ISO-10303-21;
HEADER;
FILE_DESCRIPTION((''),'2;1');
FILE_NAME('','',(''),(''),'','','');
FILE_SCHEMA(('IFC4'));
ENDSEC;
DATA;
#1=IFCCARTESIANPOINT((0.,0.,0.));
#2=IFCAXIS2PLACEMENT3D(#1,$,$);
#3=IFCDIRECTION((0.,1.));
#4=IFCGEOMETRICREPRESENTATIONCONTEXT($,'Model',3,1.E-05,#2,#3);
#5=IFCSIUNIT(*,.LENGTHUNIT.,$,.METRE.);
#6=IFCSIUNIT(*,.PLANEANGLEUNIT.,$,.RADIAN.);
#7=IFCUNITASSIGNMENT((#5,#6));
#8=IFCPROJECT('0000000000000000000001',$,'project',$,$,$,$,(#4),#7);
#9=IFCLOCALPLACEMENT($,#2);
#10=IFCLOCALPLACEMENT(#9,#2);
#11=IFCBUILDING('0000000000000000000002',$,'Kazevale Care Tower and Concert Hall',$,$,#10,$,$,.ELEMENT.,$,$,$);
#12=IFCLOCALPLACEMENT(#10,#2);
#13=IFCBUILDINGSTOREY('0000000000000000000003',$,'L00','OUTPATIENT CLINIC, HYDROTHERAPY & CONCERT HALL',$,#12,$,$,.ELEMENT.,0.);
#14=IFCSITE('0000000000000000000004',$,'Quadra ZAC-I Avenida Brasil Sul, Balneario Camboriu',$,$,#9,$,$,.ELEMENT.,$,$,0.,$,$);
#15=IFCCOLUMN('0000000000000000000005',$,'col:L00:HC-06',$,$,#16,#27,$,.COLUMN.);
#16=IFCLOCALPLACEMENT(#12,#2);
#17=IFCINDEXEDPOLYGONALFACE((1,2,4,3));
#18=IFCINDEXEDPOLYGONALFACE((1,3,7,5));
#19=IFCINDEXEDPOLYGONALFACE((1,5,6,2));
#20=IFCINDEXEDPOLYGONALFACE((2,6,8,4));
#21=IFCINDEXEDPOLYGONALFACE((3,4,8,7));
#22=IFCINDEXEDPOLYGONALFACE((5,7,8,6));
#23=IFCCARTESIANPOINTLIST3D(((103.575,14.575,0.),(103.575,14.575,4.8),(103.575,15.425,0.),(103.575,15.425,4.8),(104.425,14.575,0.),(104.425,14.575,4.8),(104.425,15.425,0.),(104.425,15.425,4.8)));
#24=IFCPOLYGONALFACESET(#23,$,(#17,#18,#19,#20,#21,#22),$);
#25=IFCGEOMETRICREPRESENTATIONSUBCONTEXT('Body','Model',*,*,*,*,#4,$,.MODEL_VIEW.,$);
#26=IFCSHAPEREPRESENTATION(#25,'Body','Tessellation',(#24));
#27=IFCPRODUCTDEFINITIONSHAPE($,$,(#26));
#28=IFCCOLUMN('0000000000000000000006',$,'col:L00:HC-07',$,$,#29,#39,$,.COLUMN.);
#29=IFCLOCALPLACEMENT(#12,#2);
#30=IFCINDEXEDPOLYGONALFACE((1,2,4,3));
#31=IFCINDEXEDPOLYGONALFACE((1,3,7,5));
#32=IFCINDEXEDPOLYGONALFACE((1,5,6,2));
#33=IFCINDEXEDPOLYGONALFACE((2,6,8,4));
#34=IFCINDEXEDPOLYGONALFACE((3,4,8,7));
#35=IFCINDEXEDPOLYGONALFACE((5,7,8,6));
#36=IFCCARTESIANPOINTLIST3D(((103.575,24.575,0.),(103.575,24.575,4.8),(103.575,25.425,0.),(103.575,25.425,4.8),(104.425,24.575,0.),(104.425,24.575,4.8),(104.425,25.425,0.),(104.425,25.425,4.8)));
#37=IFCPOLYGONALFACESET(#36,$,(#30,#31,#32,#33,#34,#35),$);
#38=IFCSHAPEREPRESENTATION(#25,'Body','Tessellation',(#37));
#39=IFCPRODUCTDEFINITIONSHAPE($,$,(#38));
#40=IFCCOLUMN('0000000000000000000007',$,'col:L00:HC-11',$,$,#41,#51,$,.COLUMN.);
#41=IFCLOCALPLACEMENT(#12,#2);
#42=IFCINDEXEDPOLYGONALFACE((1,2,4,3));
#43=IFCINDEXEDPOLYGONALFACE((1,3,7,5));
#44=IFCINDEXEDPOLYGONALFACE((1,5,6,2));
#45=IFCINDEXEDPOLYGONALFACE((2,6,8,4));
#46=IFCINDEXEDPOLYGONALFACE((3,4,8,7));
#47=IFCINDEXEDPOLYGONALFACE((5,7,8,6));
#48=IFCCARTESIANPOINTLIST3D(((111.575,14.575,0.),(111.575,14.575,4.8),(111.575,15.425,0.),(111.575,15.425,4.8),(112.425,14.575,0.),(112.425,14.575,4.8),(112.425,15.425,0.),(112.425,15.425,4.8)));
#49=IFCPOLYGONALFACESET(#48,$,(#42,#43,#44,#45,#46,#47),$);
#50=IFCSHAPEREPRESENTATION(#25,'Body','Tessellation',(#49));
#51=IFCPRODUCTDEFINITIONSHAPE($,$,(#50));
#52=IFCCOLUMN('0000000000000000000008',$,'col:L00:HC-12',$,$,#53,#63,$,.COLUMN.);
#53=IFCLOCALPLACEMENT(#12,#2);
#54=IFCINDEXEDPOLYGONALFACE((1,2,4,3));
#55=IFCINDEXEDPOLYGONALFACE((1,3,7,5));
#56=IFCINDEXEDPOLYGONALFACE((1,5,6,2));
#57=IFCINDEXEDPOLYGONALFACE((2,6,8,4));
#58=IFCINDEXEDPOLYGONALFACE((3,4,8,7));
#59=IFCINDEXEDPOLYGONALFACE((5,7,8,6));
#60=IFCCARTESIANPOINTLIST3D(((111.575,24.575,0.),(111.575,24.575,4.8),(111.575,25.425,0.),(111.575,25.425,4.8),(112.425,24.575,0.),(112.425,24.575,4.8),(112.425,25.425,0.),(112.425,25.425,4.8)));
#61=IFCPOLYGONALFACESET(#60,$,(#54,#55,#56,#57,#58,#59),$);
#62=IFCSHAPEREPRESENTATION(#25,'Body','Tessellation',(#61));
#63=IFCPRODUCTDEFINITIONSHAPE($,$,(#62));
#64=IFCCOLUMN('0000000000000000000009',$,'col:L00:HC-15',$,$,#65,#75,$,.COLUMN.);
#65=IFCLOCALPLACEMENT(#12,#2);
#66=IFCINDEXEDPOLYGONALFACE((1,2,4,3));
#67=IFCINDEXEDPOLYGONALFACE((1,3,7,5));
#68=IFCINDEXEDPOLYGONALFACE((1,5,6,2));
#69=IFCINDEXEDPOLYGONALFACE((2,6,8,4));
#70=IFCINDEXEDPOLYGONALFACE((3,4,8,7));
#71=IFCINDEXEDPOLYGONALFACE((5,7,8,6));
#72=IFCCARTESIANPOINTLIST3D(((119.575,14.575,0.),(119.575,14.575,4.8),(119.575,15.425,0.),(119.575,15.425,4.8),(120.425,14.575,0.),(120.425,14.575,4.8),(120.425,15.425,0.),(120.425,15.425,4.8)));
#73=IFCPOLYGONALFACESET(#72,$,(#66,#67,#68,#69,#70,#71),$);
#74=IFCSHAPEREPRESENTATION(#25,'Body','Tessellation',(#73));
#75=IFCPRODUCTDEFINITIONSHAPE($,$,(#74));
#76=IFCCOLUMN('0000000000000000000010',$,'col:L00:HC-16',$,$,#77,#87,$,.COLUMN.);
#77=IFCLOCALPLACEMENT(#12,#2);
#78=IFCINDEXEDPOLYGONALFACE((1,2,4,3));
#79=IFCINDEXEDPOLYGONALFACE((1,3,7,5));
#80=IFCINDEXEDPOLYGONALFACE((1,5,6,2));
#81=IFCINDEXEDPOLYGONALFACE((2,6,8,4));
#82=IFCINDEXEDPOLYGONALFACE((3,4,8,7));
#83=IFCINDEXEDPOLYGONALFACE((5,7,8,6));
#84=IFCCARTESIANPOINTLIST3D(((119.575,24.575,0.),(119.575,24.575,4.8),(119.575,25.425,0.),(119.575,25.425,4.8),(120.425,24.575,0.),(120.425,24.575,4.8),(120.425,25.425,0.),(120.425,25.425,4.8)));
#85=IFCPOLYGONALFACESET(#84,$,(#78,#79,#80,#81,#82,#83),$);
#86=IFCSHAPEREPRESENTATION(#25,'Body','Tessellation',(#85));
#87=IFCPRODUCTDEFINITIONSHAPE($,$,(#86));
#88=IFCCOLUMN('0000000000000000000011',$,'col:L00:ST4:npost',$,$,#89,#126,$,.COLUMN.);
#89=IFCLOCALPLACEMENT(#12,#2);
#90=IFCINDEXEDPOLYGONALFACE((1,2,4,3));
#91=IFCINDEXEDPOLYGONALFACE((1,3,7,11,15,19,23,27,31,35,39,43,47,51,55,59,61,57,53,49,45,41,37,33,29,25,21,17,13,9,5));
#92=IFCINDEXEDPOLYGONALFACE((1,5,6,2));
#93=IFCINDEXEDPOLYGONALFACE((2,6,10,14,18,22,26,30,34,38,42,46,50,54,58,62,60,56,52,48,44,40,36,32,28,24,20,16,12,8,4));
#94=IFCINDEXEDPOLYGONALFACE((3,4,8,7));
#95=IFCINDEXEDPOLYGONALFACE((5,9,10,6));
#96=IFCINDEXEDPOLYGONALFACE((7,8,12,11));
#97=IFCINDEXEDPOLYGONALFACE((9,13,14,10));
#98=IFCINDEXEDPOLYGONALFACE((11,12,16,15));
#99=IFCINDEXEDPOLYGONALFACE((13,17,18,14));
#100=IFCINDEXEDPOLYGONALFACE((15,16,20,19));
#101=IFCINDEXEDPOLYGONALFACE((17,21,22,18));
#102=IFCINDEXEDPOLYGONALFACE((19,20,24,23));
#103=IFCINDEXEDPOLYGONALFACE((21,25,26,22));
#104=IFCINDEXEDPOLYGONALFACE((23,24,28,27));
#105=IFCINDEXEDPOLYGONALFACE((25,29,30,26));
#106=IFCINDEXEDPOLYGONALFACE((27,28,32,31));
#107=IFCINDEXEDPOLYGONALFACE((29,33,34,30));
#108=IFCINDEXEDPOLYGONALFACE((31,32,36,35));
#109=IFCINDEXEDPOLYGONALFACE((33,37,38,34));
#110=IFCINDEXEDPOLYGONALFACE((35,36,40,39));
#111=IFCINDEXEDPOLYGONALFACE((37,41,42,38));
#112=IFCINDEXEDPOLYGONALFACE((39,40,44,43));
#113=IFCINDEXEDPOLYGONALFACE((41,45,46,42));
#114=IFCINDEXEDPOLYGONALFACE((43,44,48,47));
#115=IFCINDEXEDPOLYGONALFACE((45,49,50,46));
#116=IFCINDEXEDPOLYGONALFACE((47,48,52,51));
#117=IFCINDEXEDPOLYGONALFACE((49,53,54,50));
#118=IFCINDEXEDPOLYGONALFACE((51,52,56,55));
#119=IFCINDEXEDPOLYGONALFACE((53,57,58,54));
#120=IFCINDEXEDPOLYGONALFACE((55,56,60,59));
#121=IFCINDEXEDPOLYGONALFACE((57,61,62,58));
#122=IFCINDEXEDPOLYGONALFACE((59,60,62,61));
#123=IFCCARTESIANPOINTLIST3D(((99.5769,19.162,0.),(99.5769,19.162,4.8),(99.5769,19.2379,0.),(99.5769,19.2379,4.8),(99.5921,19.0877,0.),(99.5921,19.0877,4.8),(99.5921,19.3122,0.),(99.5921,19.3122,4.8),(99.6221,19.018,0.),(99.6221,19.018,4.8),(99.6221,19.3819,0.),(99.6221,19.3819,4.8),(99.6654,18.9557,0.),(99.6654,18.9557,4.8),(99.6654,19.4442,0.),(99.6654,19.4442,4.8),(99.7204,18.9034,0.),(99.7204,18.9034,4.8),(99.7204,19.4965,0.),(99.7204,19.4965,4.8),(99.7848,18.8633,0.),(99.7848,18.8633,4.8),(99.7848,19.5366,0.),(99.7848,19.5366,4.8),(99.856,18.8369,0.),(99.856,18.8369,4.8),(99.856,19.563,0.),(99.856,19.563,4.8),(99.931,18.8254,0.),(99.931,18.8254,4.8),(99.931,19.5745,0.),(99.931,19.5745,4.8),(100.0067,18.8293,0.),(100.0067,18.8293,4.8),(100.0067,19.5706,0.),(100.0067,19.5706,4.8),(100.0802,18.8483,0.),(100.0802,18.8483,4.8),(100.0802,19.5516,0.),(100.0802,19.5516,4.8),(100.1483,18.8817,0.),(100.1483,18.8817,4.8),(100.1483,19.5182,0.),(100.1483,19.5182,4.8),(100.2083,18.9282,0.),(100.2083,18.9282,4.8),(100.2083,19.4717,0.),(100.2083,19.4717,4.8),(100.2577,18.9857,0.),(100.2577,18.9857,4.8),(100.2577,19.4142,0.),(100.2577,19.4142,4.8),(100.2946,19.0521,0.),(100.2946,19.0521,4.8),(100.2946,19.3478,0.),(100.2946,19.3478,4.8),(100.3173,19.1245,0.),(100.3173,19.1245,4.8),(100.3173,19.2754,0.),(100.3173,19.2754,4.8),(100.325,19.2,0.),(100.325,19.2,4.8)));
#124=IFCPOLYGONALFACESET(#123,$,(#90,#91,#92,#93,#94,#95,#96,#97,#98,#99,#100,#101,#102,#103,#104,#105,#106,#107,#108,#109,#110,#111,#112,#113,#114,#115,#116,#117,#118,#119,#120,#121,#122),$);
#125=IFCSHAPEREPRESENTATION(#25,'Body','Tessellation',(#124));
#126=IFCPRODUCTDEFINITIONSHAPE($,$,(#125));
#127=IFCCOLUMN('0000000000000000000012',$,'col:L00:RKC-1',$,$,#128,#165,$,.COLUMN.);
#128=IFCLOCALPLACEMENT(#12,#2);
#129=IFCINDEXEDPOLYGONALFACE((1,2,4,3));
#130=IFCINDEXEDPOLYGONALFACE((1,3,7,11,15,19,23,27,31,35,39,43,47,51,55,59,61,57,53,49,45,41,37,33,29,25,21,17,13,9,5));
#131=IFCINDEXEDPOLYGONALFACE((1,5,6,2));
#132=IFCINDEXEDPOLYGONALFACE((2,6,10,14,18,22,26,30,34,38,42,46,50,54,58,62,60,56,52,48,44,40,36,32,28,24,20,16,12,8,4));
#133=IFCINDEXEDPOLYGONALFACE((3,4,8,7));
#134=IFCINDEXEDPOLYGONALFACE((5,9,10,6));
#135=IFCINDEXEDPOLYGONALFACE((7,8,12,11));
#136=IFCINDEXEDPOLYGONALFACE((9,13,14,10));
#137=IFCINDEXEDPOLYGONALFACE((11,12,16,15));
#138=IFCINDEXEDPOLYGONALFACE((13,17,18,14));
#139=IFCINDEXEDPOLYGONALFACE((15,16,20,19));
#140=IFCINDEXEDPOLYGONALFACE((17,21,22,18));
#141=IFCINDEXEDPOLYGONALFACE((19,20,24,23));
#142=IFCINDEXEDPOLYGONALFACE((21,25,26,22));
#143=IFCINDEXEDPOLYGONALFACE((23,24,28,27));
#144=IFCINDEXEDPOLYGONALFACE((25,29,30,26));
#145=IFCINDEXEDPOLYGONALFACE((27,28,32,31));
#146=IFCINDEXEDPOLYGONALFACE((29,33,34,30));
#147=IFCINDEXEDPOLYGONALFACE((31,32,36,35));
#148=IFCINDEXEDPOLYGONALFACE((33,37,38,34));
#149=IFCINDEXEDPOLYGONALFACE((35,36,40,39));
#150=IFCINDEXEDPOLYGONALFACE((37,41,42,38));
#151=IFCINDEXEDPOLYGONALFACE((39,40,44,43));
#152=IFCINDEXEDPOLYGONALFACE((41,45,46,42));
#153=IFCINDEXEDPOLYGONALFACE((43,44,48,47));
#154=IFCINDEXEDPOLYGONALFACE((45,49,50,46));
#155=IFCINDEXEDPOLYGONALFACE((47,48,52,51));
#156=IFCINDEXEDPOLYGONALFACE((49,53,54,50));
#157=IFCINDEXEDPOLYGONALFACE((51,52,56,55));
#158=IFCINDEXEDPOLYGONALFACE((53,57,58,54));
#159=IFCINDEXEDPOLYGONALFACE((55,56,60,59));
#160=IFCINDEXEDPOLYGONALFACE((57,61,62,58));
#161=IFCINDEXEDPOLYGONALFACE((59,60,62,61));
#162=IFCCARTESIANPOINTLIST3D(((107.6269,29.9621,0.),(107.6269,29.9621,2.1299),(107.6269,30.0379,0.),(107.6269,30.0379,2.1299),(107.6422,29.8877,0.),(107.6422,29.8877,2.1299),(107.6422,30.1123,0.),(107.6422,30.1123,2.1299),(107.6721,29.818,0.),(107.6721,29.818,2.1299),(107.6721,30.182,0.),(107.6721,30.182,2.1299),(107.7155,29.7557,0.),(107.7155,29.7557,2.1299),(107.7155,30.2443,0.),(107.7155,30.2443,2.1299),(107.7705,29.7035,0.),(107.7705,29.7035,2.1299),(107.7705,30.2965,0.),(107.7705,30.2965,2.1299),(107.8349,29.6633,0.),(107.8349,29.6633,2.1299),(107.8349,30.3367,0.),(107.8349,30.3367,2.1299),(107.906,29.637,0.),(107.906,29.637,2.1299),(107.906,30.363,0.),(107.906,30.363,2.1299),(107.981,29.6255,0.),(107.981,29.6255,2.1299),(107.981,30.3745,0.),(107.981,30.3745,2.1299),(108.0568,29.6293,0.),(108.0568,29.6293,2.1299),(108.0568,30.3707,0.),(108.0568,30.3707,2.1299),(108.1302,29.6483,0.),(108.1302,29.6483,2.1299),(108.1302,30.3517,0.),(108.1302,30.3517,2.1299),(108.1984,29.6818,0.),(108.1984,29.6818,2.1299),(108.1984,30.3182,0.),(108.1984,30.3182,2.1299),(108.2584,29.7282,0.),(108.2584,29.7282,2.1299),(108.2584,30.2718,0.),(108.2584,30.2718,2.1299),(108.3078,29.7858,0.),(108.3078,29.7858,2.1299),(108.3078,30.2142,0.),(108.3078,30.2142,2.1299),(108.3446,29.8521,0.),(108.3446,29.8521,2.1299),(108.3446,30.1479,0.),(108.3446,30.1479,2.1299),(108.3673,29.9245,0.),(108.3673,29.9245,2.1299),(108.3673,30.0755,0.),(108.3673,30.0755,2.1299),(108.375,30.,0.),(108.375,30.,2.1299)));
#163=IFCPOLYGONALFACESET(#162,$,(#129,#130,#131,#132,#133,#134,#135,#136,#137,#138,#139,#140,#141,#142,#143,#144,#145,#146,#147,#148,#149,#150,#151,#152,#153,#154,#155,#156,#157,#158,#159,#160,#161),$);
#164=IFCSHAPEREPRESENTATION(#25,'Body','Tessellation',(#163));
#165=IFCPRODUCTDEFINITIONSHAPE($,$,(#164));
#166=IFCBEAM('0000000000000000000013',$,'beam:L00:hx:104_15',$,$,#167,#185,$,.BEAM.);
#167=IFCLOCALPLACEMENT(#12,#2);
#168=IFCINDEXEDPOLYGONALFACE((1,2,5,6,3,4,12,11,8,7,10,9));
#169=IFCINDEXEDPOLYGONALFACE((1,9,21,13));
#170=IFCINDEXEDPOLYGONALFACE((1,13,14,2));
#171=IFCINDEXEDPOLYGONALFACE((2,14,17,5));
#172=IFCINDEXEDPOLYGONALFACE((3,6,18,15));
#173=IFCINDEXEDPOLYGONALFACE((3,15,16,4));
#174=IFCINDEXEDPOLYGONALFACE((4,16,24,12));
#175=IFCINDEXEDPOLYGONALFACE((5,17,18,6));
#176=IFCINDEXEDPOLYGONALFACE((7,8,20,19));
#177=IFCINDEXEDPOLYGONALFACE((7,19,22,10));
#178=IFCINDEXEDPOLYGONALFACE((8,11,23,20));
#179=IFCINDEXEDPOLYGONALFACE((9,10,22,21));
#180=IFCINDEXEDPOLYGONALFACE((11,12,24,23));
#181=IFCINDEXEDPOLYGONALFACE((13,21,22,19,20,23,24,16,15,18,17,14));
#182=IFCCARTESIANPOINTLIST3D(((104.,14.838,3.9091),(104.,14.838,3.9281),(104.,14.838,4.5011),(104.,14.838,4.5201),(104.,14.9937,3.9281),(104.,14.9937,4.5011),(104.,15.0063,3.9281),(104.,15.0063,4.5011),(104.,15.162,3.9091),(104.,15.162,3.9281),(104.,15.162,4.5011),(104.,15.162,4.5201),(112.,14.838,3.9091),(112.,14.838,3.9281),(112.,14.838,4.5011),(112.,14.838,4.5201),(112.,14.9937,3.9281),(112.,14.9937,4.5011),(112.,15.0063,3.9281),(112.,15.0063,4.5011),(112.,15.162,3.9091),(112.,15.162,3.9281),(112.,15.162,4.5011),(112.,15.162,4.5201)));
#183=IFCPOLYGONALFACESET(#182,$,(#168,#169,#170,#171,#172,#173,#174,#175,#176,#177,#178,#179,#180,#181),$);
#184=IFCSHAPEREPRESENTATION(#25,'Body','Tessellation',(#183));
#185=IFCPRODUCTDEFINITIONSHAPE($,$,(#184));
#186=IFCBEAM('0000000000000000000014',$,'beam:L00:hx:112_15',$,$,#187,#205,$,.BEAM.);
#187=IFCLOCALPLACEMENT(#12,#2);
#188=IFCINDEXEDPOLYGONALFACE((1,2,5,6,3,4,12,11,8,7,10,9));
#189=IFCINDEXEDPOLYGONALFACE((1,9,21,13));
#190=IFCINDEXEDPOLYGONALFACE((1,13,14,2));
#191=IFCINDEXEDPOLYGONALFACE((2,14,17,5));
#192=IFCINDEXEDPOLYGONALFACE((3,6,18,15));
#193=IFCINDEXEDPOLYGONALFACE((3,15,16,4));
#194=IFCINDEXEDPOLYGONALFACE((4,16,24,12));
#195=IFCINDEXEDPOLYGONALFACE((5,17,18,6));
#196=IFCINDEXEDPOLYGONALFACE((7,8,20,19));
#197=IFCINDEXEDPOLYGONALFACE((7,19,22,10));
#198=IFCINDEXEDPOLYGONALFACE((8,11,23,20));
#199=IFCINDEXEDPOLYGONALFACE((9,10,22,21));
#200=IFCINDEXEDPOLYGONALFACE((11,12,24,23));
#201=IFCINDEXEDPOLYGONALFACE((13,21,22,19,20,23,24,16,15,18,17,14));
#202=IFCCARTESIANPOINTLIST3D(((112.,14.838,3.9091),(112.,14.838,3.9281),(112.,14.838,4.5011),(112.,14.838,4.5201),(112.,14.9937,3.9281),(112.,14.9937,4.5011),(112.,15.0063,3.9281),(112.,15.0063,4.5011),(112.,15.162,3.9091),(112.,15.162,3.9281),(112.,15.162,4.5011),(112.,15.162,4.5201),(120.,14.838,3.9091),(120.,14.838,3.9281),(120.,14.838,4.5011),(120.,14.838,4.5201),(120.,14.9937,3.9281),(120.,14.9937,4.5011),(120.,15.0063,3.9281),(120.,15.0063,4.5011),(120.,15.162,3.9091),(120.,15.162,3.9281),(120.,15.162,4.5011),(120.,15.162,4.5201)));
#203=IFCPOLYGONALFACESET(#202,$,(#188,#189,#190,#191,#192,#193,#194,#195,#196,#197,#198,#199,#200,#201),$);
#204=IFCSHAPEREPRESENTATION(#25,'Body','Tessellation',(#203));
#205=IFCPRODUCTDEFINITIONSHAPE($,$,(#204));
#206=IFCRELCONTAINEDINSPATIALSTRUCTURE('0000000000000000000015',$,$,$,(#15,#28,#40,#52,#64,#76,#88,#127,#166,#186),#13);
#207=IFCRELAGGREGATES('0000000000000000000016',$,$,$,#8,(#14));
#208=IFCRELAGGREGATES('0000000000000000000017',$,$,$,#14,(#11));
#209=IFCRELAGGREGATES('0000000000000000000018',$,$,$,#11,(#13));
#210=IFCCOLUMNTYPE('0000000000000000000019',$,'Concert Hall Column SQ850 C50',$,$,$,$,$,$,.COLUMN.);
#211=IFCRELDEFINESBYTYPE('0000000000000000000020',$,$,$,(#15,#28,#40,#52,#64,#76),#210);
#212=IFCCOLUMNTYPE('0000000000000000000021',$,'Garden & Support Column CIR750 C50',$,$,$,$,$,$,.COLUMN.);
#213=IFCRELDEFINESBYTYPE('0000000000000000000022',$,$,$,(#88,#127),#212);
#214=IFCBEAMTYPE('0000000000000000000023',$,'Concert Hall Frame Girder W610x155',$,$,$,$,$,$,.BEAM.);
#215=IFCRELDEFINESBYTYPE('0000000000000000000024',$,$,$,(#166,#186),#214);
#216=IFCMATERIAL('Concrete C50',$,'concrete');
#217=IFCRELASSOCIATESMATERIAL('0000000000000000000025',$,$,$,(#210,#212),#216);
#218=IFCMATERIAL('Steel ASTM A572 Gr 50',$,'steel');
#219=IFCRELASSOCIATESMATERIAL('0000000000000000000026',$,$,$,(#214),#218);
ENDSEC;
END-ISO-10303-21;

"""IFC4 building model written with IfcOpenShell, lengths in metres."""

from ifc_helpers import new_model, si_unit, direction, frame, origin, origin_2d, place, context, subcontext, project, spatial, rectangle, circle, i_section, extrude, material, material_profile, profile_set, type_object, element, save


model = new_model("IFC4")

# Units and contexts
model_context = context("Model", 3, precision=1e-05, world=origin(), true_north=direction((0.0, 1.0)))
body_context = subcontext(model_context, "Body", "Model", "MODEL_VIEW")
ifc_project = project(units=[si_unit("LENGTHUNIT", "METRE"), si_unit("PLANEANGLEUNIT", "RADIAN")], contexts=[model_context])

# Site, building, storey
site_placement = place(None, origin())
site = spatial("IfcSite", under=ifc_project, at=site_placement, Name="Quadra ZAC-I Avenida Brasil Sul, Balneario Camboriu", CompositionType="ELEMENT", RefElevation=0.0)
building_placement = place(site_placement, origin())
building = spatial("IfcBuilding", under=site, at=building_placement, Name="Kazevale Care Tower and Concert Hall", CompositionType="ELEMENT")
storey_placement = place(building_placement, origin())
storey = spatial("IfcBuildingStorey", under=building, at=storey_placement, Name="L00", Description="OUTPATIENT CLINIC, HYDROTHERAPY & CONCERT HALL", CompositionType="ELEMENT", Elevation=0.0)

# Columns
ifc_material_1 = material(Name="Concrete C50", Category="concrete")
ifc_material_profile_1 = material_profile(ifc_material_1, rectangle(XDim=0.8501, YDim=0.8501, at=origin_2d()), Name="RC-SQ850")
ifc_profile_set_1 = profile_set([ifc_material_profile_1], Name="Concrete C50")
column_type_1 = type_object("IfcColumnType", Name="Concert Hall Column SQ850 C50", PredefinedType="COLUMN", material=ifc_profile_set_1)
for number, where, z_axis, x_axis, name in (
    (1, (104.0, 15.0, 0.0), (0.0, 0.0, 1.0), (1.0, 0.0, 0.0), "col:L00:HC-06"),
    (2, (104.0, 25.0, 0.0), (0.0, 0.0, 1.0), (1.0, 0.0, 0.0), "col:L00:HC-07"),
    (3, (112.0, 15.0, 0.0), (0.0, 0.0, 1.0), (1.0, 0.0, 0.0), "col:L00:HC-11"),
    (4, (112.0, 25.0, 0.0), (0.0, 0.0, 1.0), (1.0, 0.0, 0.0), "col:L00:HC-12"),
    (5, (120.0, 15.0, 0.0), (0.0, 0.0, 1.0), (1.0, 0.0, 0.0), "col:L00:HC-15"),
    (6, (120.0, 25.0, 0.0), (0.0, 0.0, 1.0), (1.0, 0.0, 0.0), "col:L00:HC-16"),
):
    element("IfcColumn", number, at=place(storey_placement, frame(where, z_axis=z_axis, x_axis=x_axis)), inside=storey, type_object=column_type_1, Name=name, PredefinedType="COLUMN", context=body_context, shape_type="SweptSolid", body=[
        extrude(rectangle(XDim=0.8501, YDim=0.8501, at=origin_2d()), origin(), (0.0, 0.0, 1.0), 4.8),
    ])
ifc_material_profile_2 = material_profile(ifc_material_1, circle(Radius=0.375, at=origin_2d()), Name="RC-CIR750")
ifc_profile_set_2 = profile_set([ifc_material_profile_2], Name="Concrete C50")
column_type_2 = type_object("IfcColumnType", Name="Garden & Support Column CIR750 C50", PredefinedType="COLUMN", material=ifc_profile_set_2)
column_1_placement = place(storey_placement, frame((99.95, 19.2, 0.0), z_axis=(0.0, 0.0, 1.0), x_axis=(1.0, 0.0, 0.0)))
element("IfcColumn", 7, at=column_1_placement, inside=storey, type_object=column_type_2, Name="col:L00:ST4:npost", PredefinedType="COLUMN", context=body_context, shape_type="SweptSolid", body=[
    extrude(circle(Radius=0.375, at=origin_2d()), origin(), (0.0, 0.0, 1.0), 4.8),
])
column_2_placement = place(storey_placement, frame((108.0, 30.0, 0.0), z_axis=(0.0, 0.0, 1.0), x_axis=(1.0, 0.0, 0.0)))
element("IfcColumn", 8, at=column_2_placement, inside=storey, type_object=column_type_2, Name="col:L00:RKC-1", PredefinedType="COLUMN", context=body_context, shape_type="SweptSolid", body=[
    extrude(circle(Radius=0.375, at=origin_2d()), origin(), (0.0, 0.0, 1.0), 2.1299),
])

# Beams
ifc_material_2 = material(Name="Steel ASTM A572 Gr 50", Category="steel")
ifc_material_profile_3 = material_profile(ifc_material_2, i_section(OverallWidth=0.324, OverallDepth=0.6111, WebThickness=0.0127, FlangeThickness=0.019, at=origin_2d()), Name="W610x155")
ifc_profile_set_3 = profile_set([ifc_material_profile_3], Name="Steel ASTM A572 Gr 50")
beam_type_1 = type_object("IfcBeamType", Name="Concert Hall Frame Girder W610x155", PredefinedType="BEAM", material=ifc_profile_set_3)
for number, where, z_axis, x_axis, name in (
    (9, (104.0, 15.0, 4.2146), (1.0, 0.0, 0.0), (0.0, 1.0, 0.0), "beam:L00:hx:104_15"),
    (10, (112.0, 15.0, 4.2146), (1.0, 0.0, 0.0), (0.0, 1.0, 0.0), "beam:L00:hx:112_15"),
):
    element("IfcBeam", number, at=place(storey_placement, frame(where, z_axis=z_axis, x_axis=x_axis)), inside=storey, type_object=beam_type_1, Name=name, PredefinedType="BEAM", context=body_context, shape_type="SweptSolid", body=[
        extrude(i_section(OverallWidth=0.324, OverallDepth=0.6111, WebThickness=0.0127, FlangeThickness=0.019, at=origin_2d()), origin(), (0.0, 0.0, 1.0), 8.0),
    ])

save(model, "model.ifc")
